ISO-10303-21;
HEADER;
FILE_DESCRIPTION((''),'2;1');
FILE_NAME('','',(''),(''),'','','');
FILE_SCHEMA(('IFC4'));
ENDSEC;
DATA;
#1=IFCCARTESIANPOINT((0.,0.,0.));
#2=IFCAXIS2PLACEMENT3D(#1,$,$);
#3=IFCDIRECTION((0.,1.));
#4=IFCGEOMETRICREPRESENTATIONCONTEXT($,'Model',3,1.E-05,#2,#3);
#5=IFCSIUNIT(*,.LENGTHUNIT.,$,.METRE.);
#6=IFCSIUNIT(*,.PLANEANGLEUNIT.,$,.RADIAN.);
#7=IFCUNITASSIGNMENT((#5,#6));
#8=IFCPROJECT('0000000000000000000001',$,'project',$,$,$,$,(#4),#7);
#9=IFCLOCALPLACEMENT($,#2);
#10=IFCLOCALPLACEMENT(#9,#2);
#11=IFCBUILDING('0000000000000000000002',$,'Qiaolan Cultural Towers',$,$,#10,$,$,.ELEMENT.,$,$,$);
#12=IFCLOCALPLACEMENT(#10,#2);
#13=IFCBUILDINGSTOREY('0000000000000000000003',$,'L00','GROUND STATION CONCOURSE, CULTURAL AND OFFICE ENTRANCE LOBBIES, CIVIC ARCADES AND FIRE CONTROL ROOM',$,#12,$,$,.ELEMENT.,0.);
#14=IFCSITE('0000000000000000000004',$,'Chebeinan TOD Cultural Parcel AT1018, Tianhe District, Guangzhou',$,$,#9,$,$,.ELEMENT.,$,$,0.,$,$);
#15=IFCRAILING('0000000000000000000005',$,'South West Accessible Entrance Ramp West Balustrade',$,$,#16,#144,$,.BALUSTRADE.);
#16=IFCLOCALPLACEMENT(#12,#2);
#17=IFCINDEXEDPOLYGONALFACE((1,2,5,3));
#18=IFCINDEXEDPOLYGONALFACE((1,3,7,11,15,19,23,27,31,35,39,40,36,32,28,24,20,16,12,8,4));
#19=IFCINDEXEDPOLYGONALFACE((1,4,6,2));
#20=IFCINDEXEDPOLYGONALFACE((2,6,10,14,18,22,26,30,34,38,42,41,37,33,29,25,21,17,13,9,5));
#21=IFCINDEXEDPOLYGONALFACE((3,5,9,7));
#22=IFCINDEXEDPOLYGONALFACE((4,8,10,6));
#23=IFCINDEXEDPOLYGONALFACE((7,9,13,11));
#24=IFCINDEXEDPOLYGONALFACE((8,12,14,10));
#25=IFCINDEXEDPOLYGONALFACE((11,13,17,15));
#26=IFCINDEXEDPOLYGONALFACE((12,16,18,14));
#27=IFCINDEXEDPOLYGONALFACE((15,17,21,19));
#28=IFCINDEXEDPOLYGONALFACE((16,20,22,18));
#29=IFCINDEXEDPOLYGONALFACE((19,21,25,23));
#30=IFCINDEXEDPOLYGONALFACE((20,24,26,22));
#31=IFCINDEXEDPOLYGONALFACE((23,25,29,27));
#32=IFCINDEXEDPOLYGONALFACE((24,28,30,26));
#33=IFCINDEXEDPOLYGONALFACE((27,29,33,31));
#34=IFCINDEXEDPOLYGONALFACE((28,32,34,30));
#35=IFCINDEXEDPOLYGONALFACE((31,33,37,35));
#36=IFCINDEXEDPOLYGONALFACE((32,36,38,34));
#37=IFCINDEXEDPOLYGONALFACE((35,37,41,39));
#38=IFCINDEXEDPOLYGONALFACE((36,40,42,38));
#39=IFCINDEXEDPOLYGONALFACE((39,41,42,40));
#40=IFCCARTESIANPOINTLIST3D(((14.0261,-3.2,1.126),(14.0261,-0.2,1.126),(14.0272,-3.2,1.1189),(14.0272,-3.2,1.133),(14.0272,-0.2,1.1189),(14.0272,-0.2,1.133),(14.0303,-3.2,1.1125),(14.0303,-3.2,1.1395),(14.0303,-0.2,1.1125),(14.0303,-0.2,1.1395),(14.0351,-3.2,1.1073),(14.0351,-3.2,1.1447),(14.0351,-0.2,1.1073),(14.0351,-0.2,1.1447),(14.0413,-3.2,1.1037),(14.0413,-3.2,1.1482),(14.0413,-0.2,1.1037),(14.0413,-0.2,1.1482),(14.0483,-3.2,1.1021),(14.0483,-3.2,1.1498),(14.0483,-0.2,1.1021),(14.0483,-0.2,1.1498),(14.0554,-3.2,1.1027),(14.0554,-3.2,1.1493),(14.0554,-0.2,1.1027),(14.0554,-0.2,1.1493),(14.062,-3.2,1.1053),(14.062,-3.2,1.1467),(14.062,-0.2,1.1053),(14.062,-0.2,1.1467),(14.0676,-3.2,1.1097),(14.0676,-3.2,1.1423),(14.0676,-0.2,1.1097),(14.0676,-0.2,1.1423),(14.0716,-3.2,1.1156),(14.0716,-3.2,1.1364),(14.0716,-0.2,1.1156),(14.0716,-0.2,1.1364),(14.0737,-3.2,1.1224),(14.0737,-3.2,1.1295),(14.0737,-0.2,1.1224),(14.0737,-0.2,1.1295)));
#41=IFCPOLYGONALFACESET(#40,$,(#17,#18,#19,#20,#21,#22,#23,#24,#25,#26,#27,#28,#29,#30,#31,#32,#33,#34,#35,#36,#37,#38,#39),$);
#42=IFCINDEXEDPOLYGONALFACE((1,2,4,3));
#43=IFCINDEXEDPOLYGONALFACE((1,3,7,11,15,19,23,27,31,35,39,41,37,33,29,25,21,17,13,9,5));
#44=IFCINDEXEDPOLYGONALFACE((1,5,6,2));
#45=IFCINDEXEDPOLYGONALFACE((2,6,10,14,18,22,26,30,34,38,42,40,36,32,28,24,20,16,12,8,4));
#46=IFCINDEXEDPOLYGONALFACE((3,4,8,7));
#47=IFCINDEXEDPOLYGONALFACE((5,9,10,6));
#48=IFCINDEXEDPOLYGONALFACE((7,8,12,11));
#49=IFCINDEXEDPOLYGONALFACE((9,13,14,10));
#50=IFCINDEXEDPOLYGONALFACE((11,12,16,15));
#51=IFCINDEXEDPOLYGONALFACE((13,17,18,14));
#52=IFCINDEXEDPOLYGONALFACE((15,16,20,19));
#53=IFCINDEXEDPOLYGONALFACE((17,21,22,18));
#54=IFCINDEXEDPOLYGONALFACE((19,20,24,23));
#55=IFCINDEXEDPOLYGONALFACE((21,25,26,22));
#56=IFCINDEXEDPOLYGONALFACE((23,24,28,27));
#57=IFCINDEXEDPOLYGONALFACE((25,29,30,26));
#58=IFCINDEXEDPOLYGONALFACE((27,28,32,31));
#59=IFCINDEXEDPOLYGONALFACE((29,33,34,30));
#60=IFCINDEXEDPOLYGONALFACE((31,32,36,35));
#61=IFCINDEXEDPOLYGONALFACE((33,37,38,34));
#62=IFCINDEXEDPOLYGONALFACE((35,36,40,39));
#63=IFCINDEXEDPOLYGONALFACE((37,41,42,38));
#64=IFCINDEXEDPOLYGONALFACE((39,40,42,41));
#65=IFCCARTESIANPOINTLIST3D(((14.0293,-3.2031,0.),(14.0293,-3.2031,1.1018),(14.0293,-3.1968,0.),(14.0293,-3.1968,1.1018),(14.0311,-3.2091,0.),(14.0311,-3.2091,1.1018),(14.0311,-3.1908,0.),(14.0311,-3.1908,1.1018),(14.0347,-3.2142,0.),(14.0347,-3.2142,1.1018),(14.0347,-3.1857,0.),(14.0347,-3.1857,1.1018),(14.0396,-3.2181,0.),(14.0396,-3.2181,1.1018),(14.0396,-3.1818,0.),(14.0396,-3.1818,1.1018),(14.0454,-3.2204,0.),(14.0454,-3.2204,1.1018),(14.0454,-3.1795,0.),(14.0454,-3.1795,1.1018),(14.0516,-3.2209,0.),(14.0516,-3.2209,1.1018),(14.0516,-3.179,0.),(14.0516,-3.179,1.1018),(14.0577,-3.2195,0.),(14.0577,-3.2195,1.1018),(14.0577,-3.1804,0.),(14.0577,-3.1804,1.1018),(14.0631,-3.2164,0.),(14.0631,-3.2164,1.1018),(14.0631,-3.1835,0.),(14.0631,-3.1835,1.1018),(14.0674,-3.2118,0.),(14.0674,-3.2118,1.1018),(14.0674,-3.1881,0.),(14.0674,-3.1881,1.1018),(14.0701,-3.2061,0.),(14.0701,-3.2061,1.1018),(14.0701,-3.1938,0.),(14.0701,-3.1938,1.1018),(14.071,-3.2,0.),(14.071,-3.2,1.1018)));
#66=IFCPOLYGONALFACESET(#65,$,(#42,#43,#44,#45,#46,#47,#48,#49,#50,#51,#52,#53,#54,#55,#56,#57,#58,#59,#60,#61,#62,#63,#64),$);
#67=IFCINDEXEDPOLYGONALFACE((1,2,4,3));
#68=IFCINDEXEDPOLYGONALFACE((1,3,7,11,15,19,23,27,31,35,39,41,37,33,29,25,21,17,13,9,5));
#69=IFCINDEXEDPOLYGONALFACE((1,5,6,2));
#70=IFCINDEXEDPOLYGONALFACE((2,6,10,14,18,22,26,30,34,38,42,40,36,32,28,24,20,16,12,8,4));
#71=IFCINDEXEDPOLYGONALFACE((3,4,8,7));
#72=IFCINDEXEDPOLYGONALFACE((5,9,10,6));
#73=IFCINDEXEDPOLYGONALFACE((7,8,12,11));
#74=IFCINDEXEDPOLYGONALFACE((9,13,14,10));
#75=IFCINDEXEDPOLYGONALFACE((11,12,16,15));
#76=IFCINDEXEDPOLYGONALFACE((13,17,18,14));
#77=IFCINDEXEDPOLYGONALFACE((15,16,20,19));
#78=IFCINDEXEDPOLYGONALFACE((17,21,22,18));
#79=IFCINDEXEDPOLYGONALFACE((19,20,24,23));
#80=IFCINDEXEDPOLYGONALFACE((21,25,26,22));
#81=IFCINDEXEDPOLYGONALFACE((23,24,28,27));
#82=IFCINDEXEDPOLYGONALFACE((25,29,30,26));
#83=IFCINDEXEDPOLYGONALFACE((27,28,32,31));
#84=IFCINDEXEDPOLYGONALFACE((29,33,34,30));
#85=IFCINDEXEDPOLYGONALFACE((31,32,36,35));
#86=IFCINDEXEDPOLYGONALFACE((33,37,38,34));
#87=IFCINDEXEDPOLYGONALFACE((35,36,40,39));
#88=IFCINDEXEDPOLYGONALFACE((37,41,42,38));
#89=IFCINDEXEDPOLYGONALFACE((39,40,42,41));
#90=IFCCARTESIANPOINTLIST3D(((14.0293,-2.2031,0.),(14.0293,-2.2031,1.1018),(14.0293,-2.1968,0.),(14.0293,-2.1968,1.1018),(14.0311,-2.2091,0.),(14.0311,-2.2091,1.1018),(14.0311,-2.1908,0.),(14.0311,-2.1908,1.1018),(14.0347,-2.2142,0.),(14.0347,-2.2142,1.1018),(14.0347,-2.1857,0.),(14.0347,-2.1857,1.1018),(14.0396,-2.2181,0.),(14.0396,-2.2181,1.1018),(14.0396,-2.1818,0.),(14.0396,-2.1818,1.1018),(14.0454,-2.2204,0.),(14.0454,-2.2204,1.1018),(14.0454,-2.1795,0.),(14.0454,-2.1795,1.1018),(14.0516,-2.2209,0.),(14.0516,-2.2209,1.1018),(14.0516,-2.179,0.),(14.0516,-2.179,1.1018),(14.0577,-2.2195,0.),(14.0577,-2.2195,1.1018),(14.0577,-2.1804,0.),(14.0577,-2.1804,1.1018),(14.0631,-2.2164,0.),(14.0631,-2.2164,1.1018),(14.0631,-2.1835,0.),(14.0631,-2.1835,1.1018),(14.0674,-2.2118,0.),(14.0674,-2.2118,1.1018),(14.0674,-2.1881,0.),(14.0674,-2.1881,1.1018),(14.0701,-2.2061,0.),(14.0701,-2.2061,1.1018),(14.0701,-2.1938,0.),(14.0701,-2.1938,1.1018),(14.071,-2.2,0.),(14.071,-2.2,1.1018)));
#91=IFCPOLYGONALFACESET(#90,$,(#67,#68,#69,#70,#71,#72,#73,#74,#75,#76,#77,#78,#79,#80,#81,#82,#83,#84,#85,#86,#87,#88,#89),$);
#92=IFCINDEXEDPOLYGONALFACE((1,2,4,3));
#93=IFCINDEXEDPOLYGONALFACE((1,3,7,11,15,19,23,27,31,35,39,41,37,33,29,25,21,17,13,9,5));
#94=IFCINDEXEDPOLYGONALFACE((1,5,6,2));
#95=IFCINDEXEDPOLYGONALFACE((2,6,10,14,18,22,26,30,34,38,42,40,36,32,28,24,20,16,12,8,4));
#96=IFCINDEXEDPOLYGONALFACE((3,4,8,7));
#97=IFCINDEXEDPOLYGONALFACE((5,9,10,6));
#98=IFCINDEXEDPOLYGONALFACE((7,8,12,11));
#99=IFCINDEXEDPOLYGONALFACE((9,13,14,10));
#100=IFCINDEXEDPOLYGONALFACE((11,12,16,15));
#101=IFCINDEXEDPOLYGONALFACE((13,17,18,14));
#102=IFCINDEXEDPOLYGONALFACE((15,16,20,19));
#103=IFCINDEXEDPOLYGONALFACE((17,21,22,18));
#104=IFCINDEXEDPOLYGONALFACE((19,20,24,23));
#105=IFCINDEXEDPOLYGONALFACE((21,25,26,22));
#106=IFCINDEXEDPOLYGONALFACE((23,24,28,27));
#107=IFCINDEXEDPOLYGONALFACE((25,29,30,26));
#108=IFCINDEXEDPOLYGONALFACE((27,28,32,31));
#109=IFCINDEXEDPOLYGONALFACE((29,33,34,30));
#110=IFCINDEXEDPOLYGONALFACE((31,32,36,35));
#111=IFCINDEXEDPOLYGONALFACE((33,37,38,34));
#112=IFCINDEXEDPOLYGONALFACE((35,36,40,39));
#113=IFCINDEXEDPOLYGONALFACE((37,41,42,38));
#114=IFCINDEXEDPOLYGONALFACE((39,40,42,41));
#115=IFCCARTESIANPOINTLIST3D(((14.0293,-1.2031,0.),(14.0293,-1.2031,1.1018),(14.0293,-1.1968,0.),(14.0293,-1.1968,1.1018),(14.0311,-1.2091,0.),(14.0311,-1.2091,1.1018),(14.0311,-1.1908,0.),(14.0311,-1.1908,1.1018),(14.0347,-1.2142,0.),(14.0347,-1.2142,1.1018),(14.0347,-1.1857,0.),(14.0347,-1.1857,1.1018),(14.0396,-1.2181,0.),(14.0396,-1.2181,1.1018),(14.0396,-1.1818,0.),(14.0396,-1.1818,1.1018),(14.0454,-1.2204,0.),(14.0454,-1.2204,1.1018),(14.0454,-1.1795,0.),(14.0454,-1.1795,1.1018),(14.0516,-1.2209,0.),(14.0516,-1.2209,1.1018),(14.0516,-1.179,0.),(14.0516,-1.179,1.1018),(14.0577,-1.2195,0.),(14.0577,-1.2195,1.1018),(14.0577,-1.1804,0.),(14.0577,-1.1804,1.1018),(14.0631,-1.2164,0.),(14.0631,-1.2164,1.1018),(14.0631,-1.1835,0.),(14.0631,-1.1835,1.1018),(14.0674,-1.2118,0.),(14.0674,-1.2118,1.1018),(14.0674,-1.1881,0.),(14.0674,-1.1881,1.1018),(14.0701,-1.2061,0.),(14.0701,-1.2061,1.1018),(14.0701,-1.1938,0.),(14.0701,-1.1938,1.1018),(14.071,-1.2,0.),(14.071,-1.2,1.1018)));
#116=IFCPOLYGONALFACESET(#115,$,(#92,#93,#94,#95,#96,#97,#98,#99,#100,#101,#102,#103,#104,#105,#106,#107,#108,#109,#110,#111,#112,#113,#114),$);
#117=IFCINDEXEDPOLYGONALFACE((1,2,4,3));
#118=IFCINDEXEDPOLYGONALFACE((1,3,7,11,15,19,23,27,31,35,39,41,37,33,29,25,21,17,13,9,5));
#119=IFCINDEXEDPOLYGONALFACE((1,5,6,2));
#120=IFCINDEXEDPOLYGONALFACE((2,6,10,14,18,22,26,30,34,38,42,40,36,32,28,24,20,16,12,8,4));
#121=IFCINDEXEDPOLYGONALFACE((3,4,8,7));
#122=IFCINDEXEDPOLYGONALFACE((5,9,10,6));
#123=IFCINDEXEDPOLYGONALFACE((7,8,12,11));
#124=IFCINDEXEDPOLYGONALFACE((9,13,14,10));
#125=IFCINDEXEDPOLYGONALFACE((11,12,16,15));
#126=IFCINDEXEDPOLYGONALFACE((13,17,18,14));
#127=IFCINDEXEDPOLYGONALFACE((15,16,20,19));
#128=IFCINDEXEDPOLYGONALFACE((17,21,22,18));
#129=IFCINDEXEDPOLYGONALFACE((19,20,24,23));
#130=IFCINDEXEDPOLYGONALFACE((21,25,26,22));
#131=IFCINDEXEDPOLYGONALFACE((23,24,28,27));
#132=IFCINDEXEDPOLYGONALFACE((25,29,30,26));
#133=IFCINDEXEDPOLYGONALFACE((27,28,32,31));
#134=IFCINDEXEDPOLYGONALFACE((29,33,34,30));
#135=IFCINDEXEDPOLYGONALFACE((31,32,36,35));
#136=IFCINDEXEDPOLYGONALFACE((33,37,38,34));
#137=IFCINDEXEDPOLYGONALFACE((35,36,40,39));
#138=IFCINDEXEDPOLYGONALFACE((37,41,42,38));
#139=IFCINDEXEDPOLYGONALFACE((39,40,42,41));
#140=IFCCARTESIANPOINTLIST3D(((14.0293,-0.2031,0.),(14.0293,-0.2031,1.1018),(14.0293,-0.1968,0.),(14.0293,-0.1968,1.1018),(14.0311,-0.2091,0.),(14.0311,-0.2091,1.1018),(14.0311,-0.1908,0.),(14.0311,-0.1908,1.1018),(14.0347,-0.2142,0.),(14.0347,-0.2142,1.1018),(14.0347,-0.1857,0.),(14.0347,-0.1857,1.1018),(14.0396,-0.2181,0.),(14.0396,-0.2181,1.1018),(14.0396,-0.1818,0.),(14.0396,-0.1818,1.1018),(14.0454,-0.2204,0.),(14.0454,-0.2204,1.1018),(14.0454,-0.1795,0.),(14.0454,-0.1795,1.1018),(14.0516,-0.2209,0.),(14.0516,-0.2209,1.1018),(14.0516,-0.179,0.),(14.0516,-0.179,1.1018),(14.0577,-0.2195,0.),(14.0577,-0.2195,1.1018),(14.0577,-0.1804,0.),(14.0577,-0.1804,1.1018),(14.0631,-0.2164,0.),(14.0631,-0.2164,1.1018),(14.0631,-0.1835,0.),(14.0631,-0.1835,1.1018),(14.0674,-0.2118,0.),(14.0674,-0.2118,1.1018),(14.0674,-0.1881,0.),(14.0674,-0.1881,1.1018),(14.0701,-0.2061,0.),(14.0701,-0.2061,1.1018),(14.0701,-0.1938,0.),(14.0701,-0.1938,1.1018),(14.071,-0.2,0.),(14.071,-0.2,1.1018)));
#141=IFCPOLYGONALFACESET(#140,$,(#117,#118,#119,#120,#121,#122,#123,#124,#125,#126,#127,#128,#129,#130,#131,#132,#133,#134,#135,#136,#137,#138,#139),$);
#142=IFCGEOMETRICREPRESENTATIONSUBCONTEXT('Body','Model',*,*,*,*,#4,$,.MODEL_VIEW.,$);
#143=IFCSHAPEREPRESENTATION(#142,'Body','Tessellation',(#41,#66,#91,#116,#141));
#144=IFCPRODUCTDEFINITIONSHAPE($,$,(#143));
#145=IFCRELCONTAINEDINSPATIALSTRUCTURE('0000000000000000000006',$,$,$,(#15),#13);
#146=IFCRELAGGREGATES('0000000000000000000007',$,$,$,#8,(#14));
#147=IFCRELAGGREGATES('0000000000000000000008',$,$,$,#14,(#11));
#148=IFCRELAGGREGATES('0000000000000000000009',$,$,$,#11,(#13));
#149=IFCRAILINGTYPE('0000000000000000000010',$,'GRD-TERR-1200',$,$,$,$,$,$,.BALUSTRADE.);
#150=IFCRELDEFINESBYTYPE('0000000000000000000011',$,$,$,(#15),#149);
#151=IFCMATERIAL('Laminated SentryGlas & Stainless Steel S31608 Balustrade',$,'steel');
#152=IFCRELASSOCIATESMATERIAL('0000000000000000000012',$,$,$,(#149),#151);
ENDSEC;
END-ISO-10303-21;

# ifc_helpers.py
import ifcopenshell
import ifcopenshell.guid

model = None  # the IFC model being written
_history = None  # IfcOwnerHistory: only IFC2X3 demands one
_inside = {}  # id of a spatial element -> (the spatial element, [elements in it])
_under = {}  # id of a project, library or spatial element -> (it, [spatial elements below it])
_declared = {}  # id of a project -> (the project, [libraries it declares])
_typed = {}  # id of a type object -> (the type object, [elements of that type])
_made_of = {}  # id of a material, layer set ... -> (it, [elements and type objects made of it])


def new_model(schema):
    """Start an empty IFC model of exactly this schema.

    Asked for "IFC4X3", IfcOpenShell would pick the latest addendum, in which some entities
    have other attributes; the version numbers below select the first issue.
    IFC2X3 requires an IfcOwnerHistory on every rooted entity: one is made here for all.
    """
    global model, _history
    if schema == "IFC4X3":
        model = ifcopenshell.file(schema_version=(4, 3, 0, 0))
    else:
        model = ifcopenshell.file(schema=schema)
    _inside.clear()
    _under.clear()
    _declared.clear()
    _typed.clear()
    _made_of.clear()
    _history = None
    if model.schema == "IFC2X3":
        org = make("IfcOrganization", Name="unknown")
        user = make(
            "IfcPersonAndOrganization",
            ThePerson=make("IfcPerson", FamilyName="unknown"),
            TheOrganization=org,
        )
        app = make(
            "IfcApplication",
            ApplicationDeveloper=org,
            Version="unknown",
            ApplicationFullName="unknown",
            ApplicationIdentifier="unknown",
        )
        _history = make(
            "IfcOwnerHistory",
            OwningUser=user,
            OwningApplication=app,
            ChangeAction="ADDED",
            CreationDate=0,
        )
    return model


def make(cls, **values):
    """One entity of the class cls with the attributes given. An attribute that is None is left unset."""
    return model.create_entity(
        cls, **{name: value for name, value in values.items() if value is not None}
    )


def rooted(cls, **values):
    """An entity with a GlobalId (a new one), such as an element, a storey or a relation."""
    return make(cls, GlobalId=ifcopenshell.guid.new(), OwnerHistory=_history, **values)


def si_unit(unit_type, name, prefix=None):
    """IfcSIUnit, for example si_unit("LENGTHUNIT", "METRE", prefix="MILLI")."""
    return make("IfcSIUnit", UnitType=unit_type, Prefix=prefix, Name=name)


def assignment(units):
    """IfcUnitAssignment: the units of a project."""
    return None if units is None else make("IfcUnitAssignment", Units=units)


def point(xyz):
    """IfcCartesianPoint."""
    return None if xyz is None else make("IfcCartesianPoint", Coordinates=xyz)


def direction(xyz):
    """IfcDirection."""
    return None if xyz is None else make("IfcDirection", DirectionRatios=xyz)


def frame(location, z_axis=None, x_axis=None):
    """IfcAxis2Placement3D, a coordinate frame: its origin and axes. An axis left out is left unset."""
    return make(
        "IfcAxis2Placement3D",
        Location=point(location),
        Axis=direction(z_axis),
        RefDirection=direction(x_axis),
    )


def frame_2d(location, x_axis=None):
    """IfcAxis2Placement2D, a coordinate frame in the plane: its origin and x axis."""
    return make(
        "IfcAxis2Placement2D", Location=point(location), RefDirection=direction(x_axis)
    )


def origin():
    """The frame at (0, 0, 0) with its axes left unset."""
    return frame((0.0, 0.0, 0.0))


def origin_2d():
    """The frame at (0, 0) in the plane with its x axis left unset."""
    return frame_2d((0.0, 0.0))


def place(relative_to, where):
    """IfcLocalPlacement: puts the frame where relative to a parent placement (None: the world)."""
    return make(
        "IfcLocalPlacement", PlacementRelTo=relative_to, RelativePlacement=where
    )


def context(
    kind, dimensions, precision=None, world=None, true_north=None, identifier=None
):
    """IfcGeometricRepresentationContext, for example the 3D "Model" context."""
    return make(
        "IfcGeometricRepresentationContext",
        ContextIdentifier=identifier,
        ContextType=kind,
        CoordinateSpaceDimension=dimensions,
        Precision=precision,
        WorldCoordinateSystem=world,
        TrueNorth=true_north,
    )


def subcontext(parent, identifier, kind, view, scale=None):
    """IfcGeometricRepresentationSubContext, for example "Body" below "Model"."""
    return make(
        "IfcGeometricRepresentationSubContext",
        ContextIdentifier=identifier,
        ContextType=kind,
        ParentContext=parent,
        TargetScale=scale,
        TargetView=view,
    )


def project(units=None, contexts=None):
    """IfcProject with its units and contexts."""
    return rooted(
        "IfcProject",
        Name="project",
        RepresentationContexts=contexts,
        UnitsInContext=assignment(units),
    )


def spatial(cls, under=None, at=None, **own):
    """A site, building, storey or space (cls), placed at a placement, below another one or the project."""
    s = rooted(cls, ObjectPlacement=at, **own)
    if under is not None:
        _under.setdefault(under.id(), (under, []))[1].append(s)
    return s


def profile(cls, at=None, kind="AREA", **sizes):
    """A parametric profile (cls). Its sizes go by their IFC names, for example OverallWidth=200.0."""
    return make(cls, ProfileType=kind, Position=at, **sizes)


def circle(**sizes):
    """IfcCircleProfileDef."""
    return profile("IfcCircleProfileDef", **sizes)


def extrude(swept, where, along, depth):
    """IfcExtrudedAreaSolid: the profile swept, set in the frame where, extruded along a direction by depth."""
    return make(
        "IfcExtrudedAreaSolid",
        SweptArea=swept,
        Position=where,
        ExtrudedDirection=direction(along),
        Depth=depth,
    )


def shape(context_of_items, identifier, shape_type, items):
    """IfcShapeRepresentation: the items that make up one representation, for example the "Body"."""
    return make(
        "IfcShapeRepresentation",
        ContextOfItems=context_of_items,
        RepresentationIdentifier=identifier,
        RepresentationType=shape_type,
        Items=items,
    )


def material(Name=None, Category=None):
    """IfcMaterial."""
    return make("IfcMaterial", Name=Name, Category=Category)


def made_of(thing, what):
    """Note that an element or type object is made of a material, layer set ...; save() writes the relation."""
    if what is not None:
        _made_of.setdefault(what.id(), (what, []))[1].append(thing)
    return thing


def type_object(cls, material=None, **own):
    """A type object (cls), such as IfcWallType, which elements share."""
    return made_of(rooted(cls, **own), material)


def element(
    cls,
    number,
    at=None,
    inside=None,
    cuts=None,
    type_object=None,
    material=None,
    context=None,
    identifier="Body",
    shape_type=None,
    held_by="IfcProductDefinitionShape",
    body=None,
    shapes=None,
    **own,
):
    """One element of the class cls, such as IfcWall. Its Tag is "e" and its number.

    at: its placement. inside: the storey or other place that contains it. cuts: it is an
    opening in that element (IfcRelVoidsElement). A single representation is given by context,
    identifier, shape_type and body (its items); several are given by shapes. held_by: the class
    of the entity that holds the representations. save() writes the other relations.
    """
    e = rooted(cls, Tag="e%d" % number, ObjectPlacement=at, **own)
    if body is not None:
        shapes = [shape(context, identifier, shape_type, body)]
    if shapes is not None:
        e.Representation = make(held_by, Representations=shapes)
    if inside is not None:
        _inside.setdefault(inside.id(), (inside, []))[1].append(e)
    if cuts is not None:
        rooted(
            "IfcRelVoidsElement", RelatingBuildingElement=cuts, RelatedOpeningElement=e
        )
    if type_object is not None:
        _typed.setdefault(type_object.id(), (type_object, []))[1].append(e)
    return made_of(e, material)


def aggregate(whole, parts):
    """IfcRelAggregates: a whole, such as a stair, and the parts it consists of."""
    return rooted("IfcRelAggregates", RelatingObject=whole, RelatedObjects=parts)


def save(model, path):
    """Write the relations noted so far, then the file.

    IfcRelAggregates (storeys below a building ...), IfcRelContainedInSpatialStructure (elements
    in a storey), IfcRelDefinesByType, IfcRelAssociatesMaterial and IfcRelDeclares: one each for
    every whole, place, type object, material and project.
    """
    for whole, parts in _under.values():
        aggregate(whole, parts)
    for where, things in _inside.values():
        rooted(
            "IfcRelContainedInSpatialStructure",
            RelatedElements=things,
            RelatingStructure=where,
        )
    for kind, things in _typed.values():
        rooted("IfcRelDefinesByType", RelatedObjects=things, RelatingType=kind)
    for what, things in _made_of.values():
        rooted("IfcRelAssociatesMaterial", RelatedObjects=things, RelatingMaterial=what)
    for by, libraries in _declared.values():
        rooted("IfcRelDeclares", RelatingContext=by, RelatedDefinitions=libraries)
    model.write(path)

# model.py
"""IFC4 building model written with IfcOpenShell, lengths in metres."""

from ifc_helpers import new_model, si_unit, direction, frame, origin, origin_2d, place, context, subcontext, project, spatial, circle, extrude, material, type_object, element, save


model = new_model("IFC4")

# Units and contexts
model_context = context("Model", 3, precision=1e-05, world=origin(), true_north=direction((0.0, 1.0)))
body_context = subcontext(model_context, "Body", "Model", "MODEL_VIEW")
ifc_project = project(units=[si_unit("LENGTHUNIT", "METRE"), si_unit("PLANEANGLEUNIT", "RADIAN")], contexts=[model_context])

# Site, building, storey
site_placement = place(None, origin())
site = spatial("IfcSite", under=ifc_project, at=site_placement, Name="Chebeinan TOD Cultural Parcel AT1018, Tianhe District, Guangzhou", CompositionType="ELEMENT", RefElevation=0.0)
building_placement = place(site_placement, origin())
building = spatial("IfcBuilding", under=site, at=building_placement, Name="Qiaolan Cultural Towers", CompositionType="ELEMENT")
storey_placement = place(building_placement, origin())
storey = spatial("IfcBuildingStorey", under=building, at=storey_placement, Name="L00", Description="GROUND STATION CONCOURSE, CULTURAL AND OFFICE ENTRANCE LOBBIES, CIVIC ARCADES AND FIRE CONTROL ROOM", CompositionType="ELEMENT", Elevation=0.0)

# Railing
ifc_material_1 = material(Name="Laminated SentryGlas & Stainless Steel S31608 Balustrade", Category="steel")
railing_type = type_object("IfcRailingType", Name="GRD-TERR-1200", PredefinedType="BALUSTRADE", material=ifc_material_1)
for number, where, name in (
    (1, (14.05, -3.2, 0.0), "South West Accessible Entrance Ramp West Balustrade"),
):
    element("IfcRailing", number, at=place(storey_placement, frame(where)), inside=storey, type_object=railing_type, Name=name, PredefinedType="BALUSTRADE", context=body_context, shape_type="SweptSolid", body=[
        extrude(circle(Radius=0.0239, at=origin_2d()), frame((0.0, 0.0, 1.126), z_axis=(0.0, 1.0, 0.0), x_axis=(-1.0, 0.0, 0.0)), (0.0, 0.0, 1.0), 3.0),
        extrude(circle(Radius=0.021, at=origin_2d()), origin(), (0.0, 0.0, 1.0), 1.1018),
        extrude(circle(Radius=0.021, at=origin_2d()), frame((0.0, 1.0, 0.0)), (0.0, 0.0, 1.0), 1.1018),
        extrude(circle(Radius=0.021, at=origin_2d()), frame((0.0, 2.0, 0.0)), (0.0, 0.0, 1.0), 1.1018),
        extrude(circle(Radius=0.021, at=origin_2d()), frame((0.0, 3.0, 0.0)), (0.0, 0.0, 1.0), 1.1018),
    ])

save(model, "model.ifc")
